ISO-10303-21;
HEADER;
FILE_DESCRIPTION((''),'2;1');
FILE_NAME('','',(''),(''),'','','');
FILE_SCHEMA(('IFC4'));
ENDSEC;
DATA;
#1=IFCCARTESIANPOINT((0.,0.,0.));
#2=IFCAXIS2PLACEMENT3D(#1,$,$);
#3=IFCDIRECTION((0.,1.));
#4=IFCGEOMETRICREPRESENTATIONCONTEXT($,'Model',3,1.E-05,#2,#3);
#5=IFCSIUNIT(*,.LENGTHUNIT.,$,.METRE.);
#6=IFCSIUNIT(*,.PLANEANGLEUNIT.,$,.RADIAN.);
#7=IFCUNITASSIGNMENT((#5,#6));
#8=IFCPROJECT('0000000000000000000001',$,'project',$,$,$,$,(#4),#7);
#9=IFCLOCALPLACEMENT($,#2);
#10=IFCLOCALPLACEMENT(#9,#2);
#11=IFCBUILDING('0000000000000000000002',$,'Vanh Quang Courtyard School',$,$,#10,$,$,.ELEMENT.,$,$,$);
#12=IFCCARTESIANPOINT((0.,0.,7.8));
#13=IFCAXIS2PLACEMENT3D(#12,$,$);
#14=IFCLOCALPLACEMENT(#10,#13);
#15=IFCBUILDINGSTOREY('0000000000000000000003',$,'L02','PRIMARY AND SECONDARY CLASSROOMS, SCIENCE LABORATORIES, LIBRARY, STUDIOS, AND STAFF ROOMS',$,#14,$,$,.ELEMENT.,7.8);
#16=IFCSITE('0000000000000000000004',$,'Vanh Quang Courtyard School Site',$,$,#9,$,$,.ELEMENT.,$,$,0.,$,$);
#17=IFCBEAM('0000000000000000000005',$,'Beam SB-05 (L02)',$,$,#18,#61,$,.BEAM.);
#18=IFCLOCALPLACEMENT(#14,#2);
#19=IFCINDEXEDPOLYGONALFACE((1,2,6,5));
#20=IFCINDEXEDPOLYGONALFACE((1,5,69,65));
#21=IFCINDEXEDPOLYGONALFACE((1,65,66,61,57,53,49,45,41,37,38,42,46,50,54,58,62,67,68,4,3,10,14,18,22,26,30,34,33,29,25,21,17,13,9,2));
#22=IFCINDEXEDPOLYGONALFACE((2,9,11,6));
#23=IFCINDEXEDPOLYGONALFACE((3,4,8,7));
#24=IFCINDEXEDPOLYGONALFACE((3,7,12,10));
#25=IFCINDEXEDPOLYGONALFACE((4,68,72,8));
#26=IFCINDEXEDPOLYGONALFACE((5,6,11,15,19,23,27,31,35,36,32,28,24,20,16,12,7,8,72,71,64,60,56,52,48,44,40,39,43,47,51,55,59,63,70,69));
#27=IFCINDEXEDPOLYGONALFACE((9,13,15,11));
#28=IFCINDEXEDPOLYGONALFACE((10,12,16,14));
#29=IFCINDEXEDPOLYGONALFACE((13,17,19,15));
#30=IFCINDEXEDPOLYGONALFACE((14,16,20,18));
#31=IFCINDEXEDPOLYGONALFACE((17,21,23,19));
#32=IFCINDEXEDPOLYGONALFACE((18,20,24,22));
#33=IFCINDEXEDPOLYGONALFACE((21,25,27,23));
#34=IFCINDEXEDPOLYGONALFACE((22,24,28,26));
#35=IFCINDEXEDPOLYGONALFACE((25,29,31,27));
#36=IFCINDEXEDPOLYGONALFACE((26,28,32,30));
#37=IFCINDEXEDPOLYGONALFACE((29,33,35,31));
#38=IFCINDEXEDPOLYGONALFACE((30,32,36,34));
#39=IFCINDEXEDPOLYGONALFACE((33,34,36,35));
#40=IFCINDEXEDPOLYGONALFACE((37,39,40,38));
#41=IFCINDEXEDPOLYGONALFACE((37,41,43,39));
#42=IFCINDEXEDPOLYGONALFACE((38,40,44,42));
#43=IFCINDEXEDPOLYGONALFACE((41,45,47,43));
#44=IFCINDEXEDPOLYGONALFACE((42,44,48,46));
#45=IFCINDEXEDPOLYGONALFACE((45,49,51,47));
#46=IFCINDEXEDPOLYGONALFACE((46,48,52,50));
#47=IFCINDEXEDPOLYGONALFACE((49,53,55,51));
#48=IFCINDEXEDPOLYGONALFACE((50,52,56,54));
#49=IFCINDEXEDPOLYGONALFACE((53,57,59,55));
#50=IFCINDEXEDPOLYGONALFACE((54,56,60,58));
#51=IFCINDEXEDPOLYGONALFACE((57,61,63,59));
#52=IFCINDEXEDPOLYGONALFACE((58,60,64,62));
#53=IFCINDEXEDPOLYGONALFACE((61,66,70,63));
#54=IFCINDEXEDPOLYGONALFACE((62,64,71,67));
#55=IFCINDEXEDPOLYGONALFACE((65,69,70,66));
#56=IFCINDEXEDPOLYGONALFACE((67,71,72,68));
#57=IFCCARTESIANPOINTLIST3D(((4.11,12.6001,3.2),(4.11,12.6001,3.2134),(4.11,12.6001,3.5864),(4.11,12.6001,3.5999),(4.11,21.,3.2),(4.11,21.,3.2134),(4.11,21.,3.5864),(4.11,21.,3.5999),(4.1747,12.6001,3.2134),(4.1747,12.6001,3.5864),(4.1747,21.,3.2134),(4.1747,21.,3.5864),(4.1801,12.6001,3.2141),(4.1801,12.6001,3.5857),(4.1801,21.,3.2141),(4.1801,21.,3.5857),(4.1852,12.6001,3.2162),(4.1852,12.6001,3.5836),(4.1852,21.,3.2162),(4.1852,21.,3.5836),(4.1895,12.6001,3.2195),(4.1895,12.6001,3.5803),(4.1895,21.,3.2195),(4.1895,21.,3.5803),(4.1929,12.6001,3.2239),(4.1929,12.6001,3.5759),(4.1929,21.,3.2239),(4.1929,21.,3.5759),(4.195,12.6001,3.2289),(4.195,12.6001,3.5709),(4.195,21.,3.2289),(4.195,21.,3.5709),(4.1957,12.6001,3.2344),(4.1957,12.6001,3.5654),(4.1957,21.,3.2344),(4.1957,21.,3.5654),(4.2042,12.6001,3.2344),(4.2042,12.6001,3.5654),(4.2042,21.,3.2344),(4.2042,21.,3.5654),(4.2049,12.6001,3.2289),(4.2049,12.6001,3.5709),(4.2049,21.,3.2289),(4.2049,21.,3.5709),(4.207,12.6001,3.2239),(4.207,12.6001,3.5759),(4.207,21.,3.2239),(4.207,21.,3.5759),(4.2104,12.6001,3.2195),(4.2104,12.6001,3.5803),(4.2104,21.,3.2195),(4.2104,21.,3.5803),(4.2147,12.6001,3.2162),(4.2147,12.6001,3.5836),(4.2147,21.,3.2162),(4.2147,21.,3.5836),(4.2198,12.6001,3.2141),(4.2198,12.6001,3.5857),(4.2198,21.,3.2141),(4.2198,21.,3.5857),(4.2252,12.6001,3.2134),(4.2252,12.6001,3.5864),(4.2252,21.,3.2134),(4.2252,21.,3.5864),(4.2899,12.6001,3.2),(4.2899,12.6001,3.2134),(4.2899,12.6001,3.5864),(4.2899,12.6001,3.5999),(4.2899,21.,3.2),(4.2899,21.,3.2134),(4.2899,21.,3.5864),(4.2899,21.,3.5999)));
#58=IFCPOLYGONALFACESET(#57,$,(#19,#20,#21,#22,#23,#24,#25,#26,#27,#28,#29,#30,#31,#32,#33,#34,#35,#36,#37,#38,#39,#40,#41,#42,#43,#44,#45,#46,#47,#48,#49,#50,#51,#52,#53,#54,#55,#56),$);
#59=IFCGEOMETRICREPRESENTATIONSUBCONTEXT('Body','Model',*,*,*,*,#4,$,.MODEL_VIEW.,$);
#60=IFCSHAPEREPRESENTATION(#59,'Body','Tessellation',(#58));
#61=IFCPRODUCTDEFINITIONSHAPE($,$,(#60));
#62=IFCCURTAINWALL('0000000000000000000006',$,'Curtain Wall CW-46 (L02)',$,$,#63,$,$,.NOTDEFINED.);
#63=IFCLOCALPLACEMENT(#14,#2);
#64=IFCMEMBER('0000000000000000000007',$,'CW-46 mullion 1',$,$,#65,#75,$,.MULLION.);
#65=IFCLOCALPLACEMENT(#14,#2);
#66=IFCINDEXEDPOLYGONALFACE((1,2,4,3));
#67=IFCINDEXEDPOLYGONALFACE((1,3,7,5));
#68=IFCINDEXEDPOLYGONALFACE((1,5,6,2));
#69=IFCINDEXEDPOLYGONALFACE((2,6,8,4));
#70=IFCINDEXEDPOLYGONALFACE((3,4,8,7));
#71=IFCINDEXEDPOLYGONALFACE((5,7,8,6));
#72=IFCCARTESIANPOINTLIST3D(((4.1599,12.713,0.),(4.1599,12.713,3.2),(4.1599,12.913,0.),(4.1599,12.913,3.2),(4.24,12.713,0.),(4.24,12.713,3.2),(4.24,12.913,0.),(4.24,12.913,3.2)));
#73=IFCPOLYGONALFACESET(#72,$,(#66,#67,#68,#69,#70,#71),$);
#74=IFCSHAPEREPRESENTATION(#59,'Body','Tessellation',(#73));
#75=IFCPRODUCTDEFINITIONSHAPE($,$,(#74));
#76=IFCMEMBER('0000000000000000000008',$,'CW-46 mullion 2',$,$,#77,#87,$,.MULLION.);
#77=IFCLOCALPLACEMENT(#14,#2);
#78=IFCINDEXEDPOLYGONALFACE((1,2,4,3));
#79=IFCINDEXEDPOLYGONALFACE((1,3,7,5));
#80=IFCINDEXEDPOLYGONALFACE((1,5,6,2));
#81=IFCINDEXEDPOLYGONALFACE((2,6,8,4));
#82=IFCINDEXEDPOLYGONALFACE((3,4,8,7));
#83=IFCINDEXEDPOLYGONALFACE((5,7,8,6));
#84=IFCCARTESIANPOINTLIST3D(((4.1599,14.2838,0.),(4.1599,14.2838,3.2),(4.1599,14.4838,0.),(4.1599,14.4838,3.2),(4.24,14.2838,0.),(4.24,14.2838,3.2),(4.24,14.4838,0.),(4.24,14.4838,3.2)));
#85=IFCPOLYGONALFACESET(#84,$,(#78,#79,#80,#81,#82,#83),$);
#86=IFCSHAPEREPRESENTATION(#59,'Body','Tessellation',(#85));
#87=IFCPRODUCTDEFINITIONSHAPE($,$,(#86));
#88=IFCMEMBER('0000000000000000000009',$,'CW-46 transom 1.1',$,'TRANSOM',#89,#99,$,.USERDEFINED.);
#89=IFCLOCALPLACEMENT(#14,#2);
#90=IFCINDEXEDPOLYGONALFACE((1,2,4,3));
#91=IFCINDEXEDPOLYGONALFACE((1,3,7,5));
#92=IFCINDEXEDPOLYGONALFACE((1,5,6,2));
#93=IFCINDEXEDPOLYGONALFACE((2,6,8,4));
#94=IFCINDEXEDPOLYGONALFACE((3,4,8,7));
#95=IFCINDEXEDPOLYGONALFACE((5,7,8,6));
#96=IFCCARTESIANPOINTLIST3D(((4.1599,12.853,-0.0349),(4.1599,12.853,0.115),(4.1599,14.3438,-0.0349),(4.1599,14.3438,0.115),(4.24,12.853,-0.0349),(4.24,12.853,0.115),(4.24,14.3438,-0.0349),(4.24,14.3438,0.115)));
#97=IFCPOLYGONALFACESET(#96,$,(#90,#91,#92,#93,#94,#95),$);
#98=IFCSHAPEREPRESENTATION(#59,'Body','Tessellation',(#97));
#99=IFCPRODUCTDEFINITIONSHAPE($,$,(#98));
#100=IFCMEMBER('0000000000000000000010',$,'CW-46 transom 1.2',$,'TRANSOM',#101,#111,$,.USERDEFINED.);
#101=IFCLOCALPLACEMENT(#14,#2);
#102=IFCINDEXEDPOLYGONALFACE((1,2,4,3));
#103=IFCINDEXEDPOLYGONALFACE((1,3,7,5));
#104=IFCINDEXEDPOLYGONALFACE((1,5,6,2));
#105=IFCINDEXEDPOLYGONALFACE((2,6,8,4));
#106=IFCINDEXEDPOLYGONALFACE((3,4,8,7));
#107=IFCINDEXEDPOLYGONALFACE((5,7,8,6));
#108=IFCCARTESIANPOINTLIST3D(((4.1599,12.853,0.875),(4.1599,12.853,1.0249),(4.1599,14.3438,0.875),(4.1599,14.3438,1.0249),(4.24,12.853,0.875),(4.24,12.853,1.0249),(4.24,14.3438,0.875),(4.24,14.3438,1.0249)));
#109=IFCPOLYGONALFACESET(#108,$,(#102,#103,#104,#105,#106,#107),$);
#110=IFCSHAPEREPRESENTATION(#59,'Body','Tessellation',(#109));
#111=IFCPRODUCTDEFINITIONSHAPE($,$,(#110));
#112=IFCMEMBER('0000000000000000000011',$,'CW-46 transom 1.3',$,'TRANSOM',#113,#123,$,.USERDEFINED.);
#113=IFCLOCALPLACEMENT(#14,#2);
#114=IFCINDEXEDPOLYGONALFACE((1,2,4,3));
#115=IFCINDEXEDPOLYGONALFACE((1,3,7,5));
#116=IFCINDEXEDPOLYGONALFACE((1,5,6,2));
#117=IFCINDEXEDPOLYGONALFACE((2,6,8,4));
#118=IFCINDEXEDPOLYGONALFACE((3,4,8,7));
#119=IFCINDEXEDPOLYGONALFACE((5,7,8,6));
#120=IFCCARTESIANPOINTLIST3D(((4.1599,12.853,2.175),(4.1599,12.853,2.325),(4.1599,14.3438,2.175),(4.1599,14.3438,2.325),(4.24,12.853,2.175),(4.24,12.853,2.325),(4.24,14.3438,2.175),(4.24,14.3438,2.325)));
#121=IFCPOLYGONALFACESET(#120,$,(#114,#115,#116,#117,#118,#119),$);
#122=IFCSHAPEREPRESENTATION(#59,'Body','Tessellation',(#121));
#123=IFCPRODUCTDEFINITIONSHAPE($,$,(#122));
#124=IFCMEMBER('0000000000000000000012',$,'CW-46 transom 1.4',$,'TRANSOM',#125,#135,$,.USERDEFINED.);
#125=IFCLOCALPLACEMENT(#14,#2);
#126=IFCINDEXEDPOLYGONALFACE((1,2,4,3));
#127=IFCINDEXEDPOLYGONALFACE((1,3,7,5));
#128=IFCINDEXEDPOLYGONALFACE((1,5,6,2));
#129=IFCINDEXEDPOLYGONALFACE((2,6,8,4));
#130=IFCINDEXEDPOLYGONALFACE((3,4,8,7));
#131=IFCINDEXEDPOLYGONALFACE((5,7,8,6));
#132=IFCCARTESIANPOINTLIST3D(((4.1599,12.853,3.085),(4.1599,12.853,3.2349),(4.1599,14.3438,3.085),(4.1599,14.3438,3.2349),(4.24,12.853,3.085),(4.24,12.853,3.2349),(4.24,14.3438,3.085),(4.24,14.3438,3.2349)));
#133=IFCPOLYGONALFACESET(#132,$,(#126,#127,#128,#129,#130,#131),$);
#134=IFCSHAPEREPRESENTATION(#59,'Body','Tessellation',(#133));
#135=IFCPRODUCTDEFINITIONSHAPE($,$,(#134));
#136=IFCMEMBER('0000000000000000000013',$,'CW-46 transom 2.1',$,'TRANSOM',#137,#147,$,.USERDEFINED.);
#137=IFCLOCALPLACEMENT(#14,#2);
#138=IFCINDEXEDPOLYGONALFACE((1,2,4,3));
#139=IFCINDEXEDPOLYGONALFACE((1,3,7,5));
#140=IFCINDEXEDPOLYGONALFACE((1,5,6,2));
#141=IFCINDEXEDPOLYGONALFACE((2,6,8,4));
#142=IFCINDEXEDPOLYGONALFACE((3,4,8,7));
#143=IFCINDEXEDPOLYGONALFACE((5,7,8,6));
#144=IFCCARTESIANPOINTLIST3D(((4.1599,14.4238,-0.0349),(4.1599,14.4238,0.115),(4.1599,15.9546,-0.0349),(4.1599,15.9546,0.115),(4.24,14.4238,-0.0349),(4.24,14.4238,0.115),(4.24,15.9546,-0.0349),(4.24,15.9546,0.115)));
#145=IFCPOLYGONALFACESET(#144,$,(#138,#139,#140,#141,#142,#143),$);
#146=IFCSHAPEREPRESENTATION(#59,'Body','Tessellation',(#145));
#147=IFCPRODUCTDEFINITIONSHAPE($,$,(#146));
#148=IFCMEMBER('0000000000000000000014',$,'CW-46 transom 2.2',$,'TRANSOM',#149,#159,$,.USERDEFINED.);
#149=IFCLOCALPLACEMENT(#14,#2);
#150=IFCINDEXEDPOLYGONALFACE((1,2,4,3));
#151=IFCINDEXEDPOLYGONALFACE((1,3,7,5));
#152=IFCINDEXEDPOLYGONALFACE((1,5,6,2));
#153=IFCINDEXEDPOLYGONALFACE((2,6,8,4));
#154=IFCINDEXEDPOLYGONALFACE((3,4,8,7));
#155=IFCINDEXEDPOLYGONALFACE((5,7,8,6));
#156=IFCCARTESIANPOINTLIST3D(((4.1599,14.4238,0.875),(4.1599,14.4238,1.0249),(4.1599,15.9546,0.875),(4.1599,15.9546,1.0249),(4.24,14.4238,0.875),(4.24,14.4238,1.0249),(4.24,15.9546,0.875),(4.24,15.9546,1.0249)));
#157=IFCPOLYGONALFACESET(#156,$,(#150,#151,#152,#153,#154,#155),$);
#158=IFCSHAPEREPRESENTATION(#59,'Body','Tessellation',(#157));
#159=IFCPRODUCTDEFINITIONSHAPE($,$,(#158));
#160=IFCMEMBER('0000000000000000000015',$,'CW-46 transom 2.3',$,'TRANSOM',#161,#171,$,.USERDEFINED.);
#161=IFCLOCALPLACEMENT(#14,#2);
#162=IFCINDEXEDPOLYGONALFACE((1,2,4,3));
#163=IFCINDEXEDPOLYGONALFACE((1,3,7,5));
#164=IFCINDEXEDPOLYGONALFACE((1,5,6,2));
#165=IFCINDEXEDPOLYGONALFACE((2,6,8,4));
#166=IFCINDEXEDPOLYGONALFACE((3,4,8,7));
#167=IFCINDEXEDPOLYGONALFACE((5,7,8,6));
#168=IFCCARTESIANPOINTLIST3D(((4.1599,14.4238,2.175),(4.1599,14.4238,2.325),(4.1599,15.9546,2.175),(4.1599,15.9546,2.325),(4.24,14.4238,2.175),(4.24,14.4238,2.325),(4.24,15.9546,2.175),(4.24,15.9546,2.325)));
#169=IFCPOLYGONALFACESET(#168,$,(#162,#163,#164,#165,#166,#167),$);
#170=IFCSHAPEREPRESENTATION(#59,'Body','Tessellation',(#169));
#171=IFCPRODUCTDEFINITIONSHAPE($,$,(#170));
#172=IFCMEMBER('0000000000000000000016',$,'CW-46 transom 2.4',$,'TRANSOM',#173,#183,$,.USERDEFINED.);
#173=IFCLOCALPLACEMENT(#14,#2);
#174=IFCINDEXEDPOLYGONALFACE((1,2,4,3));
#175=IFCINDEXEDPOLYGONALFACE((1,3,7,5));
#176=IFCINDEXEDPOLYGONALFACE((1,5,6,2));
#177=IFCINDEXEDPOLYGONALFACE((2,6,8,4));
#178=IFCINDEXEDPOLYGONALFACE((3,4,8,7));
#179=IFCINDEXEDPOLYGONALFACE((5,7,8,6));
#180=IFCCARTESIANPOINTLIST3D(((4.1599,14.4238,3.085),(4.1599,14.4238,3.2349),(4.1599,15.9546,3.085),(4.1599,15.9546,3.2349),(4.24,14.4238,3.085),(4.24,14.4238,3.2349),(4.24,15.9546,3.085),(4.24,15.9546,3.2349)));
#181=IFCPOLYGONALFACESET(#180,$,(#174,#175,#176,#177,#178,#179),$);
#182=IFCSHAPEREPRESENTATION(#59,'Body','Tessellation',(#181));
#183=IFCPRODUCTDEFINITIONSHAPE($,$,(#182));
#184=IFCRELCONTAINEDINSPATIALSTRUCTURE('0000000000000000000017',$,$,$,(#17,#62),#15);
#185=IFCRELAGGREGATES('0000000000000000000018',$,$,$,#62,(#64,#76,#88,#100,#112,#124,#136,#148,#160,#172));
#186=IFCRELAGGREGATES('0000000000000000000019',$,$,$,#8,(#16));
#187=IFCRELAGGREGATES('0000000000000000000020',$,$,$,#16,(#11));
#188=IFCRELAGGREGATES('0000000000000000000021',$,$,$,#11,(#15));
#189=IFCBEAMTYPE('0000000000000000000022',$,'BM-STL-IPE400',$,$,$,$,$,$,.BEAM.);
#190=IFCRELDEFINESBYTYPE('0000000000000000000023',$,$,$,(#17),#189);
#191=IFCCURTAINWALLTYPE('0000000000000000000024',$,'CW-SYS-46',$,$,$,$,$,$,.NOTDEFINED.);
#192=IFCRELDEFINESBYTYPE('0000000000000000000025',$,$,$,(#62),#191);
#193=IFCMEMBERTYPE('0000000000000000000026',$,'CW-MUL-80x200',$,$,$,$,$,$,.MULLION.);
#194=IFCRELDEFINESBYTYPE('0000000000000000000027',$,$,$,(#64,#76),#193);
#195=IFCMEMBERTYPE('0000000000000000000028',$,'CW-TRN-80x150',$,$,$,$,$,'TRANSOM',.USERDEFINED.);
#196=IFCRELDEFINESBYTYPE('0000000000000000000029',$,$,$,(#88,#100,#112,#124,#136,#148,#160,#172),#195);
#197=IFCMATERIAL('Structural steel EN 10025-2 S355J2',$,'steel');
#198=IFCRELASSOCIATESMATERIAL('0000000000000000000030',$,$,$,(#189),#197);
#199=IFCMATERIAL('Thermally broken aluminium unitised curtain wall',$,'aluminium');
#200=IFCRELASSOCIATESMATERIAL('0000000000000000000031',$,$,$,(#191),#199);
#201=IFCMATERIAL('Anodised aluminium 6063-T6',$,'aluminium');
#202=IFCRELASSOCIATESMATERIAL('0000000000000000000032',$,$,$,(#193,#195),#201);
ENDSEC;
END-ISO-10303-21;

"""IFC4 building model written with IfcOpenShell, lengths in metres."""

from ifc_helpers import new_model, si_unit, direction, frame, origin, origin_2d, place, context, subcontext, project, spatial, rectangle, i_section, extrude, material, material_profile, profile_set, type_object, element, aggregate, save


model = new_model("IFC4")

# Units and contexts
model_context = context("Model", 3, precision=1e-05, world=origin(), true_north=direction((0.0, 1.0)))
body_context = subcontext(model_context, "Body", "Model", "MODEL_VIEW")
ifc_project = project(units=[si_unit("LENGTHUNIT", "METRE"), si_unit("PLANEANGLEUNIT", "RADIAN")], contexts=[model_context])

# Site, building, storey
site_placement = place(None, origin())
site = spatial("IfcSite", under=ifc_project, at=site_placement, Name="Vanh Quang Courtyard School Site", CompositionType="ELEMENT", RefElevation=0.0)
building_placement = place(site_placement, origin())
building = spatial("IfcBuilding", under=site, at=building_placement, Name="Vanh Quang Courtyard School", CompositionType="ELEMENT")
storey_placement = place(building_placement, frame((0.0, 0.0, 7.8)))
storey = spatial("IfcBuildingStorey", under=building, at=storey_placement, Name="L02", Description="PRIMARY AND SECONDARY CLASSROOMS, SCIENCE LABORATORIES, LIBRARY, STUDIOS, AND STAFF ROOMS", CompositionType="ELEMENT", Elevation=7.8)

# Shared definitions
ifc_material_1 = material(Name="Structural steel EN 10025-2 S355J2", Category="steel")

# Beam
ifc_material_profile_1 = material_profile(ifc_material_1, i_section(OverallWidth=0.1799, OverallDepth=0.3999, WebThickness=0.0085, FlangeThickness=0.0134, FilletRadius=0.021, at=origin_2d()), Name="IPE 400")
ifc_profile_set_1 = profile_set([ifc_material_profile_1], Name="Structural steel EN 10025-2 S355J2")
beam_type_1 = type_object("IfcBeamType", Name="BM-STL-IPE400", PredefinedType="BEAM", material=ifc_profile_set_1)
beam_1_placement = place(storey_placement, frame((4.2, 12.6001, 3.3999), z_axis=(0.0, 1.0, 0.0), x_axis=(-1.0, 0.0, 0.0)))
element("IfcBeam", 1, at=beam_1_placement, inside=storey, type_object=beam_type_1, Name="Beam SB-05 (L02)", PredefinedType="BEAM", context=body_context, shape_type="SweptSolid", body=[
    extrude(i_section(OverallWidth=0.1799, OverallDepth=0.3999, WebThickness=0.0085, FlangeThickness=0.0134, FilletRadius=0.021, at=origin_2d()), origin(), (0.0, 0.0, 1.0), 8.3999),
])

# Curtain wall, members
ifc_material_2 = material(Name="Thermally broken aluminium unitised curtain wall", Category="aluminium")
curtain_wall_type = type_object("IfcCurtainWallType", Name="CW-SYS-46", PredefinedType="NOTDEFINED", material=ifc_material_2)
curtain_wall_placement = place(storey_placement, origin())
curtain_wall = element("IfcCurtainWall", 2, at=curtain_wall_placement, inside=storey, type_object=curtain_wall_type, Name="Curtain Wall CW-46 (L02)", PredefinedType="NOTDEFINED")
ifc_material_3 = material(Name="Anodised aluminium 6063-T6", Category="aluminium")
ifc_material_profile_2 = material_profile(ifc_material_3, rectangle(XDim=0.0801, YDim=0.2, at=origin_2d()), Name="ALU-MUL 80x200")
ifc_profile_set_2 = profile_set([ifc_material_profile_2], Name="Anodised aluminium 6063-T6")
member_type_1 = type_object("IfcMemberType", Name="CW-MUL-80x200", PredefinedType="MULLION", material=ifc_profile_set_2)
member_1_placement = place(storey_placement, frame((4.2, 12.813, 0.0), z_axis=(0.0, 0.0, 1.0), x_axis=(-1.0, 0.0, 0.0)))
member_1 = element("IfcMember", 3, at=member_1_placement, type_object=member_type_1, Name="CW-46 mullion 1", PredefinedType="MULLION", context=body_context, shape_type="SweptSolid", body=[
    extrude(rectangle(XDim=0.0801, YDim=0.2, at=origin_2d()), origin(), (0.0, 0.0, 1.0), 3.2),
])
member_2_placement = place(storey_placement, frame((4.2, 14.3838, 0.0), z_axis=(0.0, 0.0, 1.0), x_axis=(-1.0, 0.0, 0.0)))
member_2 = element("IfcMember", 4, at=member_2_placement, type_object=member_type_1, Name="CW-46 mullion 2", PredefinedType="MULLION", context=body_context, shape_type="SweptSolid", body=[
    extrude(rectangle(XDim=0.0801, YDim=0.2, at=origin_2d()), origin(), (0.0, 0.0, 1.0), 3.2),
])
ifc_material_profile_3 = material_profile(ifc_material_3, rectangle(XDim=0.0801, YDim=0.1499, at=origin_2d()), Name="ALU-TRN 80x150")
ifc_profile_set_3 = profile_set([ifc_material_profile_3], Name="Anodised aluminium 6063-T6")
member_type_2 = type_object("IfcMemberType", Name="CW-TRN-80x150", ElementType="TRANSOM", PredefinedType="USERDEFINED", material=ifc_profile_set_3)
member_3_placement = place(storey_placement, frame((4.2, 12.853, 0.04), z_axis=(0.0, 1.0, 0.0), x_axis=(-1.0, 0.0, 0.0)))
member_3 = element("IfcMember", 5, at=member_3_placement, type_object=member_type_2, Name="CW-46 transom 1.1", ObjectType="TRANSOM", PredefinedType="USERDEFINED", context=body_context, shape_type="SweptSolid", body=[
    extrude(rectangle(XDim=0.0801, YDim=0.1499, at=origin_2d()), origin(), (0.0, 0.0, 1.0), 1.4907),
])
member_4_placement = place(storey_placement, frame((4.2, 12.853, 0.95), z_axis=(0.0, 1.0, 0.0), x_axis=(-1.0, 0.0, 0.0)))
member_4 = element("IfcMember", 6, at=member_4_placement, type_object=member_type_2, Name="CW-46 transom 1.2", ObjectType="TRANSOM", PredefinedType="USERDEFINED", context=body_context, shape_type="SweptSolid", body=[
    extrude(rectangle(XDim=0.0801, YDim=0.1499, at=origin_2d()), origin(), (0.0, 0.0, 1.0), 1.4907),
])
member_5_placement = place(storey_placement, frame((4.2, 12.853, 2.25), z_axis=(0.0, 1.0, 0.0), x_axis=(-1.0, 0.0, 0.0)))
member_5 = element("IfcMember", 7, at=member_5_placement, type_object=member_type_2, Name="CW-46 transom 1.3", ObjectType="TRANSOM", PredefinedType="USERDEFINED", context=body_context, shape_type="SweptSolid", body=[
    extrude(rectangle(XDim=0.0801, YDim=0.1499, at=origin_2d()), origin(), (0.0, 0.0, 1.0), 1.4907),
])
member_6_placement = place(storey_placement, frame((4.2, 12.853, 3.1599), z_axis=(0.0, 1.0, 0.0), x_axis=(-1.0, 0.0, 0.0)))
member_6 = element("IfcMember", 8, at=member_6_placement, type_object=member_type_2, Name="CW-46 transom 1.4", ObjectType="TRANSOM", PredefinedType="USERDEFINED", context=body_context, shape_type="SweptSolid", body=[
    extrude(rectangle(XDim=0.0801, YDim=0.1499, at=origin_2d()), origin(), (0.0, 0.0, 1.0), 1.4907),
])
member_7_placement = place(storey_placement, frame((4.2, 14.4238, 0.04), z_axis=(0.0, 1.0, 0.0), x_axis=(-1.0, 0.0, 0.0)))
member_7 = element("IfcMember", 9, at=member_7_placement, type_object=member_type_2, Name="CW-46 transom 2.1", ObjectType="TRANSOM", PredefinedType="USERDEFINED", context=body_context, shape_type="SweptSolid", body=[
    extrude(rectangle(XDim=0.0801, YDim=0.1499, at=origin_2d()), origin(), (0.0, 0.0, 1.0), 1.5308),
])
member_8_placement = place(storey_placement, frame((4.2, 14.4238, 0.95), z_axis=(0.0, 1.0, 0.0), x_axis=(-1.0, 0.0, 0.0)))
member_8 = element("IfcMember", 10, at=member_8_placement, type_object=member_type_2, Name="CW-46 transom 2.2", ObjectType="TRANSOM", PredefinedType="USERDEFINED", context=body_context, shape_type="SweptSolid", body=[
    extrude(rectangle(XDim=0.0801, YDim=0.1499, at=origin_2d()), origin(), (0.0, 0.0, 1.0), 1.5308),
])
member_9_placement = place(storey_placement, frame((4.2, 14.4238, 2.25), z_axis=(0.0, 1.0, 0.0), x_axis=(-1.0, 0.0, 0.0)))
member_9 = element("IfcMember", 11, at=member_9_placement, type_object=member_type_2, Name="CW-46 transom 2.3", ObjectType="TRANSOM", PredefinedType="USERDEFINED", context=body_context, shape_type="SweptSolid", body=[
    extrude(rectangle(XDim=0.0801, YDim=0.1499, at=origin_2d()), origin(), (0.0, 0.0, 1.0), 1.5308),
])
member_10_placement = place(storey_placement, frame((4.2, 14.4238, 3.1599), z_axis=(0.0, 1.0, 0.0), x_axis=(-1.0, 0.0, 0.0)))
member_10 = element("IfcMember", 12, at=member_10_placement, type_object=member_type_2, Name="CW-46 transom 2.4", ObjectType="TRANSOM", PredefinedType="USERDEFINED", context=body_context, shape_type="SweptSolid", body=[
    extrude(rectangle(XDim=0.0801, YDim=0.1499, at=origin_2d()), origin(), (0.0, 0.0, 1.0), 1.5308),
])
aggregate(curtain_wall, [member_1, member_2, member_3, member_4, member_5, member_6, member_7, member_8, member_9, member_10])

save(model, "model.ifc")
